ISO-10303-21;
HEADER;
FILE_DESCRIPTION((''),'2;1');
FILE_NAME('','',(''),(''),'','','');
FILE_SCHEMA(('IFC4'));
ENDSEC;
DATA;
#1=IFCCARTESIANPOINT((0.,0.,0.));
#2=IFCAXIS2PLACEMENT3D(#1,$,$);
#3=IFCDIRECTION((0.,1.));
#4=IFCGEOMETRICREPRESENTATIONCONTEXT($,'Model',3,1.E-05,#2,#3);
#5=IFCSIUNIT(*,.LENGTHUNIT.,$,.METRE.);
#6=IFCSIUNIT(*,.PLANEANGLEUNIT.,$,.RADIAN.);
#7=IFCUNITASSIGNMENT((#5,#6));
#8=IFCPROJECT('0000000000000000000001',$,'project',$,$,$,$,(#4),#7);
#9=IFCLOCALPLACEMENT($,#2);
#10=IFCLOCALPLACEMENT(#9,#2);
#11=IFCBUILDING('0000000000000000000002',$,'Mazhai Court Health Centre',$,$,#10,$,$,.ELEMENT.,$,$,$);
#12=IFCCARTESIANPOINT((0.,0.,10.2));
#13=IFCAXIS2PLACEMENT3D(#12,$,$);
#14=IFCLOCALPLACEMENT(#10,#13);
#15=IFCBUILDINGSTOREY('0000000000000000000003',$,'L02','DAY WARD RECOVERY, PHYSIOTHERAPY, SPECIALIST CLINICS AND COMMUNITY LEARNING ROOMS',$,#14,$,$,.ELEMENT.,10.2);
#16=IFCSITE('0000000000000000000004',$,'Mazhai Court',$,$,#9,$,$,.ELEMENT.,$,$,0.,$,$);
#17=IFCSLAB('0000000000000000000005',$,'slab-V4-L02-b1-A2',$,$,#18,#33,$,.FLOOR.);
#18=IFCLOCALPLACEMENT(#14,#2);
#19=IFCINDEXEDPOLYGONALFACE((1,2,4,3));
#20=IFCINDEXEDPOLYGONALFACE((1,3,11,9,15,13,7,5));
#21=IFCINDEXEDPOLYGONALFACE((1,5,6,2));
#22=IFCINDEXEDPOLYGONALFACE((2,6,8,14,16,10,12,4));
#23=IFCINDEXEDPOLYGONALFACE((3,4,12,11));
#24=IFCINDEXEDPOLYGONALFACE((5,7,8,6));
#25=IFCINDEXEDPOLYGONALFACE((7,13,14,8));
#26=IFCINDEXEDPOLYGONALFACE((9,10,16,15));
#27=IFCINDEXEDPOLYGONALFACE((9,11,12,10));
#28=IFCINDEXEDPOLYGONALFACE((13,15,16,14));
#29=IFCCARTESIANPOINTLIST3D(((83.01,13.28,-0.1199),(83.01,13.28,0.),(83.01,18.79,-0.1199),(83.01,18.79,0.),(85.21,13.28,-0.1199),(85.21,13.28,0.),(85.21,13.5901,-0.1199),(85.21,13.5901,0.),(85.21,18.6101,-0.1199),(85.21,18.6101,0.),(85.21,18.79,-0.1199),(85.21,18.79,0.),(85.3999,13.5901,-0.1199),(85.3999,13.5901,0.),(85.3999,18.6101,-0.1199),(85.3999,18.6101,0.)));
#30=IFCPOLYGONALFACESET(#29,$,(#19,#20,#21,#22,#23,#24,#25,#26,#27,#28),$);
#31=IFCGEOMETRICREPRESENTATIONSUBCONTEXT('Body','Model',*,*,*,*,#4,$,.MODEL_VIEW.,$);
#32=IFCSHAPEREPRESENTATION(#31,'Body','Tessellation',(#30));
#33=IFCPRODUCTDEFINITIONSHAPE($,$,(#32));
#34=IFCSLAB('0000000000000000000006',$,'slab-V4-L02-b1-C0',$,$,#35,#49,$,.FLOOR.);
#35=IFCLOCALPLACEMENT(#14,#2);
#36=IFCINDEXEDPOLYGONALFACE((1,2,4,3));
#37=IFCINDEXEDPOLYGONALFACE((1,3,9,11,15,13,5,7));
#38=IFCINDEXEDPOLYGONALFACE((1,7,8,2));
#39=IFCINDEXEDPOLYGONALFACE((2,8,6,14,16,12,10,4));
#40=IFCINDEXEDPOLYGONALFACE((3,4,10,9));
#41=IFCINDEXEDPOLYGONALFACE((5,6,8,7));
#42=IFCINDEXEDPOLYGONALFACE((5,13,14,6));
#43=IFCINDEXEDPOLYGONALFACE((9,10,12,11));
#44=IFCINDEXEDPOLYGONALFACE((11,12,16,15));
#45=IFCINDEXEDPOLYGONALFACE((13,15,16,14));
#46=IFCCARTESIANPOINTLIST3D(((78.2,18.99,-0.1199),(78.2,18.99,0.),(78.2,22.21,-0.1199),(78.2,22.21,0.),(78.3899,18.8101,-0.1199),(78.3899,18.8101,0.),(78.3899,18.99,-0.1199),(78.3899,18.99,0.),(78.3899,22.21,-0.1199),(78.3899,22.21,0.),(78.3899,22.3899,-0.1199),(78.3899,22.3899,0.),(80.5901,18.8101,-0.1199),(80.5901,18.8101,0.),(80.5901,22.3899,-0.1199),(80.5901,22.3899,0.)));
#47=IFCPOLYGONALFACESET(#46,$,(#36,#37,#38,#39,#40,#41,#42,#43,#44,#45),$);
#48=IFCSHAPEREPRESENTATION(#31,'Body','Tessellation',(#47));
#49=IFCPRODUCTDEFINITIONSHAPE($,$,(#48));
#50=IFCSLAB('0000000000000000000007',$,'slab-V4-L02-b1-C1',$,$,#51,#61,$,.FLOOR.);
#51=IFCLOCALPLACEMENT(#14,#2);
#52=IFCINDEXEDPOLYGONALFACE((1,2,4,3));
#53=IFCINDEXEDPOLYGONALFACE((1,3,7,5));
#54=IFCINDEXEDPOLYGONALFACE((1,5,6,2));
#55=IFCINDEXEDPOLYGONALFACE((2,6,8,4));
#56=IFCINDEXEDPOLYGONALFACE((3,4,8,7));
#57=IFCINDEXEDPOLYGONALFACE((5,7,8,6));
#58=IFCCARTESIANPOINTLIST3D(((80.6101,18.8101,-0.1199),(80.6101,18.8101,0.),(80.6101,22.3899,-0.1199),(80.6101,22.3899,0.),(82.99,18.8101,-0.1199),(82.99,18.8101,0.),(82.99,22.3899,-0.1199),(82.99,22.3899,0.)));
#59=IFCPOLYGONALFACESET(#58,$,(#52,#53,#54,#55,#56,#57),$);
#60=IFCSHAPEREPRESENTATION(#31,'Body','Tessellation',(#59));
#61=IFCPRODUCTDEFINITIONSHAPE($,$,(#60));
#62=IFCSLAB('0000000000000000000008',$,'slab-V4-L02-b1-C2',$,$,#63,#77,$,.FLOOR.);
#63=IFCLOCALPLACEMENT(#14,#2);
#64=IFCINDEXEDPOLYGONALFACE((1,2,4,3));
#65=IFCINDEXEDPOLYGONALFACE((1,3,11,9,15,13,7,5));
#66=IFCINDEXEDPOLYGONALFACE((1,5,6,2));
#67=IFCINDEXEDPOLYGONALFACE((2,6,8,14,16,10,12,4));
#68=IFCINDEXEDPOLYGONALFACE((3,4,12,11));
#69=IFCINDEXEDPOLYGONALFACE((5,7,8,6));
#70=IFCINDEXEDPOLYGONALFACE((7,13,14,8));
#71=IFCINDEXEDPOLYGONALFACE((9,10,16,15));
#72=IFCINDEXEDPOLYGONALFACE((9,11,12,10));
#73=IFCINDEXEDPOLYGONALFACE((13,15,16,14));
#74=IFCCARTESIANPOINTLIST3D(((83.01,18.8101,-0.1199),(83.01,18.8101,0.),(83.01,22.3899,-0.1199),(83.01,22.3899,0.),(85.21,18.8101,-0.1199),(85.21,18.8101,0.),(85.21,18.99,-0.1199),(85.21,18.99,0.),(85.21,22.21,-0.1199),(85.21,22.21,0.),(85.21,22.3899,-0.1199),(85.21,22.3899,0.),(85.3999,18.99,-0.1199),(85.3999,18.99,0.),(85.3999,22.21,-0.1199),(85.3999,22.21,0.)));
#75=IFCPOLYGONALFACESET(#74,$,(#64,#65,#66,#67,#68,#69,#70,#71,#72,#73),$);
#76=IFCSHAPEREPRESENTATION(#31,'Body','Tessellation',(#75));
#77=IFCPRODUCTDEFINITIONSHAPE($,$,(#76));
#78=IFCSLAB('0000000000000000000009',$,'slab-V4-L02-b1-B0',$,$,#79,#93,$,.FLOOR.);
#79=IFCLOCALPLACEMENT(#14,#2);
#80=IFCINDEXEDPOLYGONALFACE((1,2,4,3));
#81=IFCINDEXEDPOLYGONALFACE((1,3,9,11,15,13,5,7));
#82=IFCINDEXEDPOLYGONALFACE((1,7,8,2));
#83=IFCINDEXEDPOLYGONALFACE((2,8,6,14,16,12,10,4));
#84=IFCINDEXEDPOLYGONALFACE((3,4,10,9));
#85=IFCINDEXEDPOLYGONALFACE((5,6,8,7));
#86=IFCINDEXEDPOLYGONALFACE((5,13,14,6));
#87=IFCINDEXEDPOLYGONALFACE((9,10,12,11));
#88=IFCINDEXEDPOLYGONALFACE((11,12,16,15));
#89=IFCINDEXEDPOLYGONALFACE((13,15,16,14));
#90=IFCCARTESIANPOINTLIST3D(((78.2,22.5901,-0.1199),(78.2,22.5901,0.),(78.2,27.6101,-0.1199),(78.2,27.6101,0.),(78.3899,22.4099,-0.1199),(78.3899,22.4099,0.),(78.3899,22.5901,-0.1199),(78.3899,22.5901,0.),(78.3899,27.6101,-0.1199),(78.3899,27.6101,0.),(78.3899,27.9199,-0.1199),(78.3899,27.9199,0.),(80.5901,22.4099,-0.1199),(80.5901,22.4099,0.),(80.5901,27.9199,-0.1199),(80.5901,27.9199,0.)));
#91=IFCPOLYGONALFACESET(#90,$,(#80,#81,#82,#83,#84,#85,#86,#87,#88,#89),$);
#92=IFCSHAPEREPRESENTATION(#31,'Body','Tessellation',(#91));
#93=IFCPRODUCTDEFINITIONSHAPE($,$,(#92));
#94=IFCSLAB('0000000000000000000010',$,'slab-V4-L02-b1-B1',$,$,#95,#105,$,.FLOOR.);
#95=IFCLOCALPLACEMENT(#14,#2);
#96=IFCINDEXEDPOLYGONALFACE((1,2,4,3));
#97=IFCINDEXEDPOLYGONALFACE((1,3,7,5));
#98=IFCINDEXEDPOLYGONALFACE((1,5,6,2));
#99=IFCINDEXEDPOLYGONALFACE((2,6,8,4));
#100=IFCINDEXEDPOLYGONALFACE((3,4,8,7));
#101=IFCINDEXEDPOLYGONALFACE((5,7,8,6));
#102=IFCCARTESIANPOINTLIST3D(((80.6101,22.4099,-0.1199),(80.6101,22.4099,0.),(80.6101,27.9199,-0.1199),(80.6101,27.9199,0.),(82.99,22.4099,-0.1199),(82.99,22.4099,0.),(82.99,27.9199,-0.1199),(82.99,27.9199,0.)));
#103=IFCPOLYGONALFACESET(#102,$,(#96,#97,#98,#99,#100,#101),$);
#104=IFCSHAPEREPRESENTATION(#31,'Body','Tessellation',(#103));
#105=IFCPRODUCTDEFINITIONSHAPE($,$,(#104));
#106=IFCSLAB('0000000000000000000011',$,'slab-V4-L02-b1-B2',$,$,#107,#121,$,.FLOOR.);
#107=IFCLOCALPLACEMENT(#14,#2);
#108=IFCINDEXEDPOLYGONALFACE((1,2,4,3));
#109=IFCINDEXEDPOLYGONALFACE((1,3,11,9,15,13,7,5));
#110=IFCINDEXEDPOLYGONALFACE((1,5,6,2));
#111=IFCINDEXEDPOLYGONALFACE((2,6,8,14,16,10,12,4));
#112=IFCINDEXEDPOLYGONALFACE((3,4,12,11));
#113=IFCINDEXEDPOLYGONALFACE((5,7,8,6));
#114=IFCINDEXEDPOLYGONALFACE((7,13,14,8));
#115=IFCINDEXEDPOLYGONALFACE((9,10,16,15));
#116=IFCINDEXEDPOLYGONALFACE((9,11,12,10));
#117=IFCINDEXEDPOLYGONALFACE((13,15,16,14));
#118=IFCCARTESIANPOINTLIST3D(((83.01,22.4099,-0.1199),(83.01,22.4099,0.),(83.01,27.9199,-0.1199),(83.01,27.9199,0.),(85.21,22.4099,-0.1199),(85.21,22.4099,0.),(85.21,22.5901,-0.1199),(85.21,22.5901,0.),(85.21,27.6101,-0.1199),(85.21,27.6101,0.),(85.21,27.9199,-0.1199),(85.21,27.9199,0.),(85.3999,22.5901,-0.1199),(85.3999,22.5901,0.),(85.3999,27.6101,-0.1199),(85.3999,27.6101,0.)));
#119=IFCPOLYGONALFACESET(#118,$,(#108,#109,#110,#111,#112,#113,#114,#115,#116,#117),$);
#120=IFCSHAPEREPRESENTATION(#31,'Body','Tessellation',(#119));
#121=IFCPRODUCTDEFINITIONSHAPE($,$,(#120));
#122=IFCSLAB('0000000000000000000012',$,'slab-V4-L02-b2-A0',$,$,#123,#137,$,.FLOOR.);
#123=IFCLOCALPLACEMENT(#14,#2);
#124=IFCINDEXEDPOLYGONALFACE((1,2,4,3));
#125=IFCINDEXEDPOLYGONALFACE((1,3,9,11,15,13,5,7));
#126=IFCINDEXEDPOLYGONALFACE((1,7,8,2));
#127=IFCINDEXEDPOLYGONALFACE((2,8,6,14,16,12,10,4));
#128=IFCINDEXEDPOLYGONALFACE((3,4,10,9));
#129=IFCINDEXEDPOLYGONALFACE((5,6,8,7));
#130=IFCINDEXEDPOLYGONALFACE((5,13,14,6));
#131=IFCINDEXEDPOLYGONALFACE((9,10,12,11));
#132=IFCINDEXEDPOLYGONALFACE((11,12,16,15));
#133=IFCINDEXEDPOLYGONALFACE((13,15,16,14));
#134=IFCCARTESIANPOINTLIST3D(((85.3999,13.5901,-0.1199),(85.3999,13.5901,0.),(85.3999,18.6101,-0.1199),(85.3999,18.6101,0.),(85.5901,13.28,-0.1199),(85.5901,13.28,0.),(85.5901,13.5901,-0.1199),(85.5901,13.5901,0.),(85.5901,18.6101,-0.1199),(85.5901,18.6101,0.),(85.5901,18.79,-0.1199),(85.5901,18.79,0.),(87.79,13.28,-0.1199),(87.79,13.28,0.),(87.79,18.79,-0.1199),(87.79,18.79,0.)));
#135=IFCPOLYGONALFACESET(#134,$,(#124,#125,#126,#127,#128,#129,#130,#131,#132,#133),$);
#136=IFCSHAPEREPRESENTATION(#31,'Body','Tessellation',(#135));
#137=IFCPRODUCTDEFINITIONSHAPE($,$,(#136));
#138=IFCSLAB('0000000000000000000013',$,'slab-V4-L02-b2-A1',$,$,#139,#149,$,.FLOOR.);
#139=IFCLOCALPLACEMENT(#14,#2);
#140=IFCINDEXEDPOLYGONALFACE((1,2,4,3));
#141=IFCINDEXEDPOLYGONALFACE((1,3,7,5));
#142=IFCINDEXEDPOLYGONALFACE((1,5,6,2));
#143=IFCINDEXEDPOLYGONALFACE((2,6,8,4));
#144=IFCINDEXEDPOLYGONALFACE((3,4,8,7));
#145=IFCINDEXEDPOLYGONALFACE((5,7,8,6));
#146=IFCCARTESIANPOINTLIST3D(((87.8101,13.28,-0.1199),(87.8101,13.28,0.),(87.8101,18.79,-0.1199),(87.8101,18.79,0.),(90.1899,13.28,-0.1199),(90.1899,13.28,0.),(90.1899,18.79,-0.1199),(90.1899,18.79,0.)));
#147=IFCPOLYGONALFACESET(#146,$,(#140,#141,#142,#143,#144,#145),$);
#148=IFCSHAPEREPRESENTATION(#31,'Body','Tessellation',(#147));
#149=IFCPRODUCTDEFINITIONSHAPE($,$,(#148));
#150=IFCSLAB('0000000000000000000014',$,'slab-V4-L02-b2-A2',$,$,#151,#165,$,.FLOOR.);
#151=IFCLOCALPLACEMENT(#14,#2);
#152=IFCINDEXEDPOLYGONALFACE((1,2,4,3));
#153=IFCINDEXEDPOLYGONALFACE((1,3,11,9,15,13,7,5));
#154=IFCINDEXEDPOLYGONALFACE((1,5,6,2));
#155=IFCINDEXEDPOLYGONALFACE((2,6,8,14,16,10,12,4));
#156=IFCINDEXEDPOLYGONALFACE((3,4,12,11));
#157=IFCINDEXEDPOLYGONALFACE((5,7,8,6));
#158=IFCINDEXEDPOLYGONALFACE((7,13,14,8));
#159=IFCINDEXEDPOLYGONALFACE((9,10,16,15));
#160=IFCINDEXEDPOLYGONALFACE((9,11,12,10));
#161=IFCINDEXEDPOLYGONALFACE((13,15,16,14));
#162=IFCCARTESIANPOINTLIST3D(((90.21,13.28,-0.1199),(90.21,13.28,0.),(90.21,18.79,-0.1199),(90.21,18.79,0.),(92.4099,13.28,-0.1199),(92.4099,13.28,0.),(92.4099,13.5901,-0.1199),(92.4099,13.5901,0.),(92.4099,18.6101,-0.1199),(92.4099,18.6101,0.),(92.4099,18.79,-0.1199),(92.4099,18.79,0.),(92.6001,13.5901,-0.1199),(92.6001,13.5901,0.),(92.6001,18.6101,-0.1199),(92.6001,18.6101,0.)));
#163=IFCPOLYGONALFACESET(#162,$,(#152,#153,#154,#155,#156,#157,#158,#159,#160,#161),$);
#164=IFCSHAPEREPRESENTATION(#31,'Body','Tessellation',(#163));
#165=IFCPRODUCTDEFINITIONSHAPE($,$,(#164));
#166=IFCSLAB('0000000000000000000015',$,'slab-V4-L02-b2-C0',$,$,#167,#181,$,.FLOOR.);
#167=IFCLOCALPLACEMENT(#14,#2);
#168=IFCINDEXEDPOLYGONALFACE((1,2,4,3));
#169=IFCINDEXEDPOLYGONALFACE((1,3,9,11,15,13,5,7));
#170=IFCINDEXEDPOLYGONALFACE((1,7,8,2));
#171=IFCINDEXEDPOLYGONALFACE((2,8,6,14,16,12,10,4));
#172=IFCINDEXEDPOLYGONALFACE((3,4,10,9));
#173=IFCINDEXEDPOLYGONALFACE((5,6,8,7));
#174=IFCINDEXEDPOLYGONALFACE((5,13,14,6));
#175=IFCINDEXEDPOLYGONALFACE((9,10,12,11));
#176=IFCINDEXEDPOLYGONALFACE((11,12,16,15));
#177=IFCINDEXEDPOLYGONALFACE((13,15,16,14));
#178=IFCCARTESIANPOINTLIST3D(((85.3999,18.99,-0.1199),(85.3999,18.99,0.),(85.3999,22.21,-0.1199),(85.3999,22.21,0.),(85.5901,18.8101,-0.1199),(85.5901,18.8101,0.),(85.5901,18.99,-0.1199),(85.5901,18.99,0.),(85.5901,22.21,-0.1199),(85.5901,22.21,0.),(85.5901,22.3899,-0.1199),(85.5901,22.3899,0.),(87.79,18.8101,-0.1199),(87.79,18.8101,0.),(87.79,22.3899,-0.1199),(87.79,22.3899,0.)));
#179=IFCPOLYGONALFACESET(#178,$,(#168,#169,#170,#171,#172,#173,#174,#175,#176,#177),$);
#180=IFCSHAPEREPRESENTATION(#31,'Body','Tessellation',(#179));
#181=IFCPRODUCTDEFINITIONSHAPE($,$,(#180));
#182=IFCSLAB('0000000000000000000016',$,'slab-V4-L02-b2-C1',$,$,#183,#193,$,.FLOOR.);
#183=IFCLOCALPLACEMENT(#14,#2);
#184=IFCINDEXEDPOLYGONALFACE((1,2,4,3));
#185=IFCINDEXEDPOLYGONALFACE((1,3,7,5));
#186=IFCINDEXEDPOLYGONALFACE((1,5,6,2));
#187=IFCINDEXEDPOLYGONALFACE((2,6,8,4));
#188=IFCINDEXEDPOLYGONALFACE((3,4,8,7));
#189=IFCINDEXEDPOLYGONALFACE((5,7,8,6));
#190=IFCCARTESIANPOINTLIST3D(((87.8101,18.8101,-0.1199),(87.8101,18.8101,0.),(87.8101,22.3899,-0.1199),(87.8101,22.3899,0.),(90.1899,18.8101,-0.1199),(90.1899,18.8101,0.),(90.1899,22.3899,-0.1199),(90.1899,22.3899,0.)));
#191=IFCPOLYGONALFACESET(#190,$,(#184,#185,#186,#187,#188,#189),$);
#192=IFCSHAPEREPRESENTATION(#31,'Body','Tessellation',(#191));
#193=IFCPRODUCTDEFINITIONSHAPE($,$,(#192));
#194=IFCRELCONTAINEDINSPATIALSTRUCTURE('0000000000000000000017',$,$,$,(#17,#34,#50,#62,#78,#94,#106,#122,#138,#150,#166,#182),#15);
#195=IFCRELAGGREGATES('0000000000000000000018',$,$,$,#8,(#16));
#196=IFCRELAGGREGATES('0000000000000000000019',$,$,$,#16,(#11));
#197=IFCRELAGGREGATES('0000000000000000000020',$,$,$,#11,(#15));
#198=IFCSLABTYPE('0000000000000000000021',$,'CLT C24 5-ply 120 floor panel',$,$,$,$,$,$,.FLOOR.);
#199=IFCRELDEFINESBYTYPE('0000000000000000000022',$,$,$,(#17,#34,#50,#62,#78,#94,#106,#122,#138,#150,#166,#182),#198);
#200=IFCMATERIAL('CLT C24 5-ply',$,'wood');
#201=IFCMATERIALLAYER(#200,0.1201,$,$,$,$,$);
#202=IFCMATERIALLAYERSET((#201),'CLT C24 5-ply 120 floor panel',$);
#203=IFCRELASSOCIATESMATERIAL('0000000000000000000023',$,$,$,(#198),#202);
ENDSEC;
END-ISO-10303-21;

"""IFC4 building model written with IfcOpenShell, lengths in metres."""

from ifc_helpers import new_model, si_unit, direction, frame, origin, place, context, subcontext, project, spatial, polyline, outline, extrude, material, layer, layer_set, type_object, element, save


model = new_model("IFC4")

# Units and contexts
model_context = context("Model", 3, precision=1e-05, world=origin(), true_north=direction((0.0, 1.0)))
body_context = subcontext(model_context, "Body", "Model", "MODEL_VIEW")
ifc_project = project(units=[si_unit("LENGTHUNIT", "METRE"), si_unit("PLANEANGLEUNIT", "RADIAN")], contexts=[model_context])

# Site, building, storey
site_placement = place(None, origin())
site = spatial("IfcSite", under=ifc_project, at=site_placement, Name="Mazhai Court", CompositionType="ELEMENT", RefElevation=0.0)
building_placement = place(site_placement, origin())
building = spatial("IfcBuilding", under=site, at=building_placement, Name="Mazhai Court Health Centre", CompositionType="ELEMENT")
storey_placement = place(building_placement, frame((0.0, 0.0, 10.2)))
storey = spatial("IfcBuildingStorey", under=building, at=storey_placement, Name="L02", Description="DAY WARD RECOVERY, PHYSIOTHERAPY, SPECIALIST CLINICS AND COMMUNITY LEARNING ROOMS", CompositionType="ELEMENT", Elevation=10.2)

# Slabs
ifc_material = material(Name="CLT C24 5-ply", Category="wood")
ifc_layer = layer(ifc_material, 0.1201)
ifc_layer_set = layer_set([ifc_layer], Name="CLT C24 5-ply 120 floor panel")
slab_type = type_object("IfcSlabType", Name="CLT C24 5-ply 120 floor panel", PredefinedType="FLOOR", material=ifc_layer_set)
slab_1_placement = place(storey_placement, frame((0.0, 0.0, -0.1199)))
element("IfcSlab", 1, at=slab_1_placement, inside=storey, type_object=slab_type, Name="slab-V4-L02-b1-A2", PredefinedType="FLOOR", context=body_context, shape_type="SweptSolid", body=[
    extrude(outline(polyline([(85.3999, 13.5901), (85.3999, 18.6101), (85.21, 18.6101), (85.21, 18.79), (83.01, 18.79), (83.01, 13.28), (85.21, 13.28), (85.21, 13.5901), (85.3999, 13.5901)])), origin(), (0.0, 0.0, 1.0), 0.1199),
])
slab_2_placement = place(storey_placement, frame((0.0, 0.0, -0.1199)))
element("IfcSlab", 2, at=slab_2_placement, inside=storey, type_object=slab_type, Name="slab-V4-L02-b1-C0", PredefinedType="FLOOR", context=body_context, shape_type="SweptSolid", body=[
    extrude(outline(polyline([(80.5901, 22.3899), (78.3899, 22.3899), (78.3899, 22.21), (78.2, 22.21), (78.2, 18.99), (78.3899, 18.99), (78.3899, 18.8101), (80.5901, 18.8101), (80.5901, 22.3899)])), origin(), (0.0, 0.0, 1.0), 0.1199),
])
slab_3_placement = place(storey_placement, frame((0.0, 0.0, -0.1199)))
element("IfcSlab", 3, at=slab_3_placement, inside=storey, type_object=slab_type, Name="slab-V4-L02-b1-C1", PredefinedType="FLOOR", context=body_context, shape_type="SweptSolid", body=[
    extrude(outline(polyline([(80.6101, 18.8101), (82.99, 18.8101), (82.99, 22.3899), (80.6101, 22.3899), (80.6101, 18.8101)])), origin(), (0.0, 0.0, 1.0), 0.1199),
])
slab_4_placement = place(storey_placement, frame((0.0, 0.0, -0.1199)))
element("IfcSlab", 4, at=slab_4_placement, inside=storey, type_object=slab_type, Name="slab-V4-L02-b1-C2", PredefinedType="FLOOR", context=body_context, shape_type="SweptSolid", body=[
    extrude(outline(polyline([(85.3999, 18.99), (85.3999, 22.21), (85.21, 22.21), (85.21, 22.3899), (83.01, 22.3899), (83.01, 18.8101), (85.21, 18.8101), (85.21, 18.99), (85.3999, 18.99)])), origin(), (0.0, 0.0, 1.0), 0.1199),
])
slab_5_placement = place(storey_placement, frame((0.0, 0.0, -0.1199)))
element("IfcSlab", 5, at=slab_5_placement, inside=storey, type_object=slab_type, Name="slab-V4-L02-b1-B0", PredefinedType="FLOOR", context=body_context, shape_type="SweptSolid", body=[
    extrude(outline(polyline([(80.5901, 27.9199), (78.3899, 27.9199), (78.3899, 27.6101), (78.2, 27.6101), (78.2, 22.5901), (78.3899, 22.5901), (78.3899, 22.4099), (80.5901, 22.4099), (80.5901, 27.9199)])), origin(), (0.0, 0.0, 1.0), 0.1199),
])
slab_6_placement = place(storey_placement, frame((0.0, 0.0, -0.1199)))
element("IfcSlab", 6, at=slab_6_placement, inside=storey, type_object=slab_type, Name="slab-V4-L02-b1-B1", PredefinedType="FLOOR", context=body_context, shape_type="SweptSolid", body=[
    extrude(outline(polyline([(80.6101, 22.4099), (82.99, 22.4099), (82.99, 27.9199), (80.6101, 27.9199), (80.6101, 22.4099)])), origin(), (0.0, 0.0, 1.0), 0.1199),
])
slab_7_placement = place(storey_placement, frame((0.0, 0.0, -0.1199)))
element("IfcSlab", 7, at=slab_7_placement, inside=storey, type_object=slab_type, Name="slab-V4-L02-b1-B2", PredefinedType="FLOOR", context=body_context, shape_type="SweptSolid", body=[
    extrude(outline(polyline([(85.3999, 22.5901), (85.3999, 27.6101), (85.21, 27.6101), (85.21, 27.9199), (83.01, 27.9199), (83.01, 22.4099), (85.21, 22.4099), (85.21, 22.5901), (85.3999, 22.5901)])), origin(), (0.0, 0.0, 1.0), 0.1199),
])
slab_8_placement = place(storey_placement, frame((0.0, 0.0, -0.1199)))
element("IfcSlab", 8, at=slab_8_placement, inside=storey, type_object=slab_type, Name="slab-V4-L02-b2-A0", PredefinedType="FLOOR", context=body_context, shape_type="SweptSolid", body=[
    extrude(outline(polyline([(87.79, 18.79), (85.5901, 18.79), (85.5901, 18.6101), (85.3999, 18.6101), (85.3999, 13.5901), (85.5901, 13.5901), (85.5901, 13.28), (87.79, 13.28), (87.79, 18.79)])), origin(), (0.0, 0.0, 1.0), 0.1199),
])
slab_9_placement = place(storey_placement, frame((0.0, 0.0, -0.1199)))
element("IfcSlab", 9, at=slab_9_placement, inside=storey, type_object=slab_type, Name="slab-V4-L02-b2-A1", PredefinedType="FLOOR", context=body_context, shape_type="SweptSolid", body=[
    extrude(outline(polyline([(87.8101, 13.28), (90.1899, 13.28), (90.1899, 18.79), (87.8101, 18.79), (87.8101, 13.28)])), origin(), (0.0, 0.0, 1.0), 0.1199),
])
slab_10_placement = place(storey_placement, frame((0.0, 0.0, -0.1199)))
element("IfcSlab", 10, at=slab_10_placement, inside=storey, type_object=slab_type, Name="slab-V4-L02-b2-A2", PredefinedType="FLOOR", context=body_context, shape_type="SweptSolid", body=[
    extrude(outline(polyline([(92.6001, 13.5901), (92.6001, 18.6101), (92.4099, 18.6101), (92.4099, 18.79), (90.21, 18.79), (90.21, 13.28), (92.4099, 13.28), (92.4099, 13.5901), (92.6001, 13.5901)])), origin(), (0.0, 0.0, 1.0), 0.1199),
])
slab_11_placement = place(storey_placement, frame((0.0, 0.0, -0.1199)))
element("IfcSlab", 11, at=slab_11_placement, inside=storey, type_object=slab_type, Name="slab-V4-L02-b2-C0", PredefinedType="FLOOR", context=body_context, shape_type="SweptSolid", body=[
    extrude(outline(polyline([(87.79, 22.3899), (85.5901, 22.3899), (85.5901, 22.21), (85.3999, 22.21), (85.3999, 18.99), (85.5901, 18.99), (85.5901, 18.8101), (87.79, 18.8101), (87.79, 22.3899)])), origin(), (0.0, 0.0, 1.0), 0.1199),
])
slab_12_placement = place(storey_placement, frame((0.0, 0.0, -0.1199)))
element("IfcSlab", 12, at=slab_12_placement, inside=storey, type_object=slab_type, Name="slab-V4-L02-b2-C1", PredefinedType="FLOOR", context=body_context, shape_type="SweptSolid", body=[
    extrude(outline(polyline([(87.8101, 18.8101), (90.1899, 18.8101), (90.1899, 22.3899), (87.8101, 22.3899), (87.8101, 18.8101)])), origin(), (0.0, 0.0, 1.0), 0.1199),
])

save(model, "model.ifc")
